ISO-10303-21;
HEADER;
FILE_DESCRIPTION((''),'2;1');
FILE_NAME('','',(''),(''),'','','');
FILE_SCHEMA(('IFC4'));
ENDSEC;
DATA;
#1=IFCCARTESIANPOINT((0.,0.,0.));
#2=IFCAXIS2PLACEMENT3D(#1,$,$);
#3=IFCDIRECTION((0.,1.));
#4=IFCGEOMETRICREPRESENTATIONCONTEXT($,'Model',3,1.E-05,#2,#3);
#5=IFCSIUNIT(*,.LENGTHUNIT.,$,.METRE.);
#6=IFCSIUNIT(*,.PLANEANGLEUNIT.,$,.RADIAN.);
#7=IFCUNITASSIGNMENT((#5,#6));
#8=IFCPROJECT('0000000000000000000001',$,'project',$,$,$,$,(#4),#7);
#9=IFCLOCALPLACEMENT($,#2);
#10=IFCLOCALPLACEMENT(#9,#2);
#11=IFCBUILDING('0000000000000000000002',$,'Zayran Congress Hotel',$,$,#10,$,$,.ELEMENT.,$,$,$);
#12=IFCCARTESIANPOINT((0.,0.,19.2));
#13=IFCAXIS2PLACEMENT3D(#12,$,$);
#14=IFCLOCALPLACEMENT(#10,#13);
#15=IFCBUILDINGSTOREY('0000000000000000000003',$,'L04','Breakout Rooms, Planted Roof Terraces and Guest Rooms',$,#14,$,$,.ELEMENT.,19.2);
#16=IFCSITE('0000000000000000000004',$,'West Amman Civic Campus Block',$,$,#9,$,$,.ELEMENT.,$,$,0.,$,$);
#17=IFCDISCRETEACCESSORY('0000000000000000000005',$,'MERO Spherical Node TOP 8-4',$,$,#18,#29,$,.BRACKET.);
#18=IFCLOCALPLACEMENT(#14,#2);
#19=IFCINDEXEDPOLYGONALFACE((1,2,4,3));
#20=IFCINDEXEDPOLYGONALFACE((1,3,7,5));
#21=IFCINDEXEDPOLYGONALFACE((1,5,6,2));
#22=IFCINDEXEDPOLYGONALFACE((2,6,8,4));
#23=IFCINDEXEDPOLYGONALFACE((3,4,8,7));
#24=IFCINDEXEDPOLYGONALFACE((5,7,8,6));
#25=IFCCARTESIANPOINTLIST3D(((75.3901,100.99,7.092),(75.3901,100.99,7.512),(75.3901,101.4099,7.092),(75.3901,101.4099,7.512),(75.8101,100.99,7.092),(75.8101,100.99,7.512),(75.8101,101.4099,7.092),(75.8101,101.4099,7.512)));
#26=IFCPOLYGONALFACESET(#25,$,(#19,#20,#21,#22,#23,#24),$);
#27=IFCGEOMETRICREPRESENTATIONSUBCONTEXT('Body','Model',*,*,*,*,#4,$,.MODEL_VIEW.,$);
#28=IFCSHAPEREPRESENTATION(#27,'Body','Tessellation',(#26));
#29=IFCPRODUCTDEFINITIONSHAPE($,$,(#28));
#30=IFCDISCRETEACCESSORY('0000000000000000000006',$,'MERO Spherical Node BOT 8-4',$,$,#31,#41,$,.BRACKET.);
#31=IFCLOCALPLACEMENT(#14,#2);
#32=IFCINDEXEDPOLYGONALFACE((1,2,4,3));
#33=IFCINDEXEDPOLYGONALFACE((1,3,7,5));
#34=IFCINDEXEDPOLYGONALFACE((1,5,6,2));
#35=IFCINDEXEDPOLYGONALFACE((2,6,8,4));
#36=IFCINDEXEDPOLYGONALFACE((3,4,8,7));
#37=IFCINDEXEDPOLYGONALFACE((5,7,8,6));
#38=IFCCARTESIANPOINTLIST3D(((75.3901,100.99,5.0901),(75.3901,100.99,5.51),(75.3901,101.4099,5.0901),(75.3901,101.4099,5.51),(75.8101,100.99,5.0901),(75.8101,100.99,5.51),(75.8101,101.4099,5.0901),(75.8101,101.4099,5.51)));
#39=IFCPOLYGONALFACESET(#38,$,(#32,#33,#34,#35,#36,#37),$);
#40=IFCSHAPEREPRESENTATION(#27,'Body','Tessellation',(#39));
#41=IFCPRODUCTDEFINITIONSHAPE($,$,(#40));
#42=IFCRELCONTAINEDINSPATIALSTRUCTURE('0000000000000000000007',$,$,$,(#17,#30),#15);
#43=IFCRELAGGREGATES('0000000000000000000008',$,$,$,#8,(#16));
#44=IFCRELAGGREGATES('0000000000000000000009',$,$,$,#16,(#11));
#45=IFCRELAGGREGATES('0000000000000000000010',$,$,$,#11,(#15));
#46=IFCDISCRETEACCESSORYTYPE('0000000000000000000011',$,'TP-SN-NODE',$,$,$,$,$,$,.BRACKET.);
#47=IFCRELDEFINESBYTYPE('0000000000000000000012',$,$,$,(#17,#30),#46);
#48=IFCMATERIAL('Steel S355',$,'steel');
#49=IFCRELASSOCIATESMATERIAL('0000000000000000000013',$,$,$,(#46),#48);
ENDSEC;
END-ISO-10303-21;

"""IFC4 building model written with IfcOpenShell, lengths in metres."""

from ifc_helpers import new_model, si_unit, direction, frame, origin, origin_2d, place, context, subcontext, project, spatial, rectangle, extrude, material, type_object, element, save


model = new_model("IFC4")

# Units and contexts
model_context = context("Model", 3, precision=1e-05, world=origin(), true_north=direction((0.0, 1.0)))
body_context = subcontext(model_context, "Body", "Model", "MODEL_VIEW")
ifc_project = project(units=[si_unit("LENGTHUNIT", "METRE"), si_unit("PLANEANGLEUNIT", "RADIAN")], contexts=[model_context])

# Site, building, storey
site_placement = place(None, origin())
site = spatial("IfcSite", under=ifc_project, at=site_placement, Name="West Amman Civic Campus Block", CompositionType="ELEMENT", RefElevation=0.0)
building_placement = place(site_placement, origin())
building = spatial("IfcBuilding", under=site, at=building_placement, Name="Zayran Congress Hotel", CompositionType="ELEMENT")
storey_placement = place(building_placement, frame((0.0, 0.0, 19.2)))
storey = spatial("IfcBuildingStorey", under=building, at=storey_placement, Name="L04", Description="Breakout Rooms, Planted Roof Terraces and Guest Rooms", CompositionType="ELEMENT", Elevation=19.2)

# Shared definitions
ifc_material_1 = material(Name="Steel S355", Category="steel")

# Discrete accessories
discrete_accessory_type = type_object("IfcDiscreteAccessoryType", Name="TP-SN-NODE", PredefinedType="BRACKET", material=ifc_material_1)
for number, where, z_axis, x_axis, name in (
    (1, (75.6001, 101.2, 7.092), (0.0, 0.0, 1.0), (1.0, 0.0, 0.0), "MERO Spherical Node TOP 8-4"),
    (2, (75.6001, 101.2, 5.0901), (0.0, 0.0, 1.0), (1.0, 0.0, 0.0), "MERO Spherical Node BOT 8-4"),
):
    element("IfcDiscreteAccessory", number, at=place(storey_placement, frame(where, z_axis=z_axis, x_axis=x_axis)), inside=storey, type_object=discrete_accessory_type, Name=name, PredefinedType="BRACKET", context=body_context, shape_type="SweptSolid", body=[
        extrude(rectangle(XDim=0.4199, YDim=0.4199, at=origin_2d()), origin(), (0.0, 0.0, 1.0), 0.4199),
    ])

save(model, "model.ifc")
